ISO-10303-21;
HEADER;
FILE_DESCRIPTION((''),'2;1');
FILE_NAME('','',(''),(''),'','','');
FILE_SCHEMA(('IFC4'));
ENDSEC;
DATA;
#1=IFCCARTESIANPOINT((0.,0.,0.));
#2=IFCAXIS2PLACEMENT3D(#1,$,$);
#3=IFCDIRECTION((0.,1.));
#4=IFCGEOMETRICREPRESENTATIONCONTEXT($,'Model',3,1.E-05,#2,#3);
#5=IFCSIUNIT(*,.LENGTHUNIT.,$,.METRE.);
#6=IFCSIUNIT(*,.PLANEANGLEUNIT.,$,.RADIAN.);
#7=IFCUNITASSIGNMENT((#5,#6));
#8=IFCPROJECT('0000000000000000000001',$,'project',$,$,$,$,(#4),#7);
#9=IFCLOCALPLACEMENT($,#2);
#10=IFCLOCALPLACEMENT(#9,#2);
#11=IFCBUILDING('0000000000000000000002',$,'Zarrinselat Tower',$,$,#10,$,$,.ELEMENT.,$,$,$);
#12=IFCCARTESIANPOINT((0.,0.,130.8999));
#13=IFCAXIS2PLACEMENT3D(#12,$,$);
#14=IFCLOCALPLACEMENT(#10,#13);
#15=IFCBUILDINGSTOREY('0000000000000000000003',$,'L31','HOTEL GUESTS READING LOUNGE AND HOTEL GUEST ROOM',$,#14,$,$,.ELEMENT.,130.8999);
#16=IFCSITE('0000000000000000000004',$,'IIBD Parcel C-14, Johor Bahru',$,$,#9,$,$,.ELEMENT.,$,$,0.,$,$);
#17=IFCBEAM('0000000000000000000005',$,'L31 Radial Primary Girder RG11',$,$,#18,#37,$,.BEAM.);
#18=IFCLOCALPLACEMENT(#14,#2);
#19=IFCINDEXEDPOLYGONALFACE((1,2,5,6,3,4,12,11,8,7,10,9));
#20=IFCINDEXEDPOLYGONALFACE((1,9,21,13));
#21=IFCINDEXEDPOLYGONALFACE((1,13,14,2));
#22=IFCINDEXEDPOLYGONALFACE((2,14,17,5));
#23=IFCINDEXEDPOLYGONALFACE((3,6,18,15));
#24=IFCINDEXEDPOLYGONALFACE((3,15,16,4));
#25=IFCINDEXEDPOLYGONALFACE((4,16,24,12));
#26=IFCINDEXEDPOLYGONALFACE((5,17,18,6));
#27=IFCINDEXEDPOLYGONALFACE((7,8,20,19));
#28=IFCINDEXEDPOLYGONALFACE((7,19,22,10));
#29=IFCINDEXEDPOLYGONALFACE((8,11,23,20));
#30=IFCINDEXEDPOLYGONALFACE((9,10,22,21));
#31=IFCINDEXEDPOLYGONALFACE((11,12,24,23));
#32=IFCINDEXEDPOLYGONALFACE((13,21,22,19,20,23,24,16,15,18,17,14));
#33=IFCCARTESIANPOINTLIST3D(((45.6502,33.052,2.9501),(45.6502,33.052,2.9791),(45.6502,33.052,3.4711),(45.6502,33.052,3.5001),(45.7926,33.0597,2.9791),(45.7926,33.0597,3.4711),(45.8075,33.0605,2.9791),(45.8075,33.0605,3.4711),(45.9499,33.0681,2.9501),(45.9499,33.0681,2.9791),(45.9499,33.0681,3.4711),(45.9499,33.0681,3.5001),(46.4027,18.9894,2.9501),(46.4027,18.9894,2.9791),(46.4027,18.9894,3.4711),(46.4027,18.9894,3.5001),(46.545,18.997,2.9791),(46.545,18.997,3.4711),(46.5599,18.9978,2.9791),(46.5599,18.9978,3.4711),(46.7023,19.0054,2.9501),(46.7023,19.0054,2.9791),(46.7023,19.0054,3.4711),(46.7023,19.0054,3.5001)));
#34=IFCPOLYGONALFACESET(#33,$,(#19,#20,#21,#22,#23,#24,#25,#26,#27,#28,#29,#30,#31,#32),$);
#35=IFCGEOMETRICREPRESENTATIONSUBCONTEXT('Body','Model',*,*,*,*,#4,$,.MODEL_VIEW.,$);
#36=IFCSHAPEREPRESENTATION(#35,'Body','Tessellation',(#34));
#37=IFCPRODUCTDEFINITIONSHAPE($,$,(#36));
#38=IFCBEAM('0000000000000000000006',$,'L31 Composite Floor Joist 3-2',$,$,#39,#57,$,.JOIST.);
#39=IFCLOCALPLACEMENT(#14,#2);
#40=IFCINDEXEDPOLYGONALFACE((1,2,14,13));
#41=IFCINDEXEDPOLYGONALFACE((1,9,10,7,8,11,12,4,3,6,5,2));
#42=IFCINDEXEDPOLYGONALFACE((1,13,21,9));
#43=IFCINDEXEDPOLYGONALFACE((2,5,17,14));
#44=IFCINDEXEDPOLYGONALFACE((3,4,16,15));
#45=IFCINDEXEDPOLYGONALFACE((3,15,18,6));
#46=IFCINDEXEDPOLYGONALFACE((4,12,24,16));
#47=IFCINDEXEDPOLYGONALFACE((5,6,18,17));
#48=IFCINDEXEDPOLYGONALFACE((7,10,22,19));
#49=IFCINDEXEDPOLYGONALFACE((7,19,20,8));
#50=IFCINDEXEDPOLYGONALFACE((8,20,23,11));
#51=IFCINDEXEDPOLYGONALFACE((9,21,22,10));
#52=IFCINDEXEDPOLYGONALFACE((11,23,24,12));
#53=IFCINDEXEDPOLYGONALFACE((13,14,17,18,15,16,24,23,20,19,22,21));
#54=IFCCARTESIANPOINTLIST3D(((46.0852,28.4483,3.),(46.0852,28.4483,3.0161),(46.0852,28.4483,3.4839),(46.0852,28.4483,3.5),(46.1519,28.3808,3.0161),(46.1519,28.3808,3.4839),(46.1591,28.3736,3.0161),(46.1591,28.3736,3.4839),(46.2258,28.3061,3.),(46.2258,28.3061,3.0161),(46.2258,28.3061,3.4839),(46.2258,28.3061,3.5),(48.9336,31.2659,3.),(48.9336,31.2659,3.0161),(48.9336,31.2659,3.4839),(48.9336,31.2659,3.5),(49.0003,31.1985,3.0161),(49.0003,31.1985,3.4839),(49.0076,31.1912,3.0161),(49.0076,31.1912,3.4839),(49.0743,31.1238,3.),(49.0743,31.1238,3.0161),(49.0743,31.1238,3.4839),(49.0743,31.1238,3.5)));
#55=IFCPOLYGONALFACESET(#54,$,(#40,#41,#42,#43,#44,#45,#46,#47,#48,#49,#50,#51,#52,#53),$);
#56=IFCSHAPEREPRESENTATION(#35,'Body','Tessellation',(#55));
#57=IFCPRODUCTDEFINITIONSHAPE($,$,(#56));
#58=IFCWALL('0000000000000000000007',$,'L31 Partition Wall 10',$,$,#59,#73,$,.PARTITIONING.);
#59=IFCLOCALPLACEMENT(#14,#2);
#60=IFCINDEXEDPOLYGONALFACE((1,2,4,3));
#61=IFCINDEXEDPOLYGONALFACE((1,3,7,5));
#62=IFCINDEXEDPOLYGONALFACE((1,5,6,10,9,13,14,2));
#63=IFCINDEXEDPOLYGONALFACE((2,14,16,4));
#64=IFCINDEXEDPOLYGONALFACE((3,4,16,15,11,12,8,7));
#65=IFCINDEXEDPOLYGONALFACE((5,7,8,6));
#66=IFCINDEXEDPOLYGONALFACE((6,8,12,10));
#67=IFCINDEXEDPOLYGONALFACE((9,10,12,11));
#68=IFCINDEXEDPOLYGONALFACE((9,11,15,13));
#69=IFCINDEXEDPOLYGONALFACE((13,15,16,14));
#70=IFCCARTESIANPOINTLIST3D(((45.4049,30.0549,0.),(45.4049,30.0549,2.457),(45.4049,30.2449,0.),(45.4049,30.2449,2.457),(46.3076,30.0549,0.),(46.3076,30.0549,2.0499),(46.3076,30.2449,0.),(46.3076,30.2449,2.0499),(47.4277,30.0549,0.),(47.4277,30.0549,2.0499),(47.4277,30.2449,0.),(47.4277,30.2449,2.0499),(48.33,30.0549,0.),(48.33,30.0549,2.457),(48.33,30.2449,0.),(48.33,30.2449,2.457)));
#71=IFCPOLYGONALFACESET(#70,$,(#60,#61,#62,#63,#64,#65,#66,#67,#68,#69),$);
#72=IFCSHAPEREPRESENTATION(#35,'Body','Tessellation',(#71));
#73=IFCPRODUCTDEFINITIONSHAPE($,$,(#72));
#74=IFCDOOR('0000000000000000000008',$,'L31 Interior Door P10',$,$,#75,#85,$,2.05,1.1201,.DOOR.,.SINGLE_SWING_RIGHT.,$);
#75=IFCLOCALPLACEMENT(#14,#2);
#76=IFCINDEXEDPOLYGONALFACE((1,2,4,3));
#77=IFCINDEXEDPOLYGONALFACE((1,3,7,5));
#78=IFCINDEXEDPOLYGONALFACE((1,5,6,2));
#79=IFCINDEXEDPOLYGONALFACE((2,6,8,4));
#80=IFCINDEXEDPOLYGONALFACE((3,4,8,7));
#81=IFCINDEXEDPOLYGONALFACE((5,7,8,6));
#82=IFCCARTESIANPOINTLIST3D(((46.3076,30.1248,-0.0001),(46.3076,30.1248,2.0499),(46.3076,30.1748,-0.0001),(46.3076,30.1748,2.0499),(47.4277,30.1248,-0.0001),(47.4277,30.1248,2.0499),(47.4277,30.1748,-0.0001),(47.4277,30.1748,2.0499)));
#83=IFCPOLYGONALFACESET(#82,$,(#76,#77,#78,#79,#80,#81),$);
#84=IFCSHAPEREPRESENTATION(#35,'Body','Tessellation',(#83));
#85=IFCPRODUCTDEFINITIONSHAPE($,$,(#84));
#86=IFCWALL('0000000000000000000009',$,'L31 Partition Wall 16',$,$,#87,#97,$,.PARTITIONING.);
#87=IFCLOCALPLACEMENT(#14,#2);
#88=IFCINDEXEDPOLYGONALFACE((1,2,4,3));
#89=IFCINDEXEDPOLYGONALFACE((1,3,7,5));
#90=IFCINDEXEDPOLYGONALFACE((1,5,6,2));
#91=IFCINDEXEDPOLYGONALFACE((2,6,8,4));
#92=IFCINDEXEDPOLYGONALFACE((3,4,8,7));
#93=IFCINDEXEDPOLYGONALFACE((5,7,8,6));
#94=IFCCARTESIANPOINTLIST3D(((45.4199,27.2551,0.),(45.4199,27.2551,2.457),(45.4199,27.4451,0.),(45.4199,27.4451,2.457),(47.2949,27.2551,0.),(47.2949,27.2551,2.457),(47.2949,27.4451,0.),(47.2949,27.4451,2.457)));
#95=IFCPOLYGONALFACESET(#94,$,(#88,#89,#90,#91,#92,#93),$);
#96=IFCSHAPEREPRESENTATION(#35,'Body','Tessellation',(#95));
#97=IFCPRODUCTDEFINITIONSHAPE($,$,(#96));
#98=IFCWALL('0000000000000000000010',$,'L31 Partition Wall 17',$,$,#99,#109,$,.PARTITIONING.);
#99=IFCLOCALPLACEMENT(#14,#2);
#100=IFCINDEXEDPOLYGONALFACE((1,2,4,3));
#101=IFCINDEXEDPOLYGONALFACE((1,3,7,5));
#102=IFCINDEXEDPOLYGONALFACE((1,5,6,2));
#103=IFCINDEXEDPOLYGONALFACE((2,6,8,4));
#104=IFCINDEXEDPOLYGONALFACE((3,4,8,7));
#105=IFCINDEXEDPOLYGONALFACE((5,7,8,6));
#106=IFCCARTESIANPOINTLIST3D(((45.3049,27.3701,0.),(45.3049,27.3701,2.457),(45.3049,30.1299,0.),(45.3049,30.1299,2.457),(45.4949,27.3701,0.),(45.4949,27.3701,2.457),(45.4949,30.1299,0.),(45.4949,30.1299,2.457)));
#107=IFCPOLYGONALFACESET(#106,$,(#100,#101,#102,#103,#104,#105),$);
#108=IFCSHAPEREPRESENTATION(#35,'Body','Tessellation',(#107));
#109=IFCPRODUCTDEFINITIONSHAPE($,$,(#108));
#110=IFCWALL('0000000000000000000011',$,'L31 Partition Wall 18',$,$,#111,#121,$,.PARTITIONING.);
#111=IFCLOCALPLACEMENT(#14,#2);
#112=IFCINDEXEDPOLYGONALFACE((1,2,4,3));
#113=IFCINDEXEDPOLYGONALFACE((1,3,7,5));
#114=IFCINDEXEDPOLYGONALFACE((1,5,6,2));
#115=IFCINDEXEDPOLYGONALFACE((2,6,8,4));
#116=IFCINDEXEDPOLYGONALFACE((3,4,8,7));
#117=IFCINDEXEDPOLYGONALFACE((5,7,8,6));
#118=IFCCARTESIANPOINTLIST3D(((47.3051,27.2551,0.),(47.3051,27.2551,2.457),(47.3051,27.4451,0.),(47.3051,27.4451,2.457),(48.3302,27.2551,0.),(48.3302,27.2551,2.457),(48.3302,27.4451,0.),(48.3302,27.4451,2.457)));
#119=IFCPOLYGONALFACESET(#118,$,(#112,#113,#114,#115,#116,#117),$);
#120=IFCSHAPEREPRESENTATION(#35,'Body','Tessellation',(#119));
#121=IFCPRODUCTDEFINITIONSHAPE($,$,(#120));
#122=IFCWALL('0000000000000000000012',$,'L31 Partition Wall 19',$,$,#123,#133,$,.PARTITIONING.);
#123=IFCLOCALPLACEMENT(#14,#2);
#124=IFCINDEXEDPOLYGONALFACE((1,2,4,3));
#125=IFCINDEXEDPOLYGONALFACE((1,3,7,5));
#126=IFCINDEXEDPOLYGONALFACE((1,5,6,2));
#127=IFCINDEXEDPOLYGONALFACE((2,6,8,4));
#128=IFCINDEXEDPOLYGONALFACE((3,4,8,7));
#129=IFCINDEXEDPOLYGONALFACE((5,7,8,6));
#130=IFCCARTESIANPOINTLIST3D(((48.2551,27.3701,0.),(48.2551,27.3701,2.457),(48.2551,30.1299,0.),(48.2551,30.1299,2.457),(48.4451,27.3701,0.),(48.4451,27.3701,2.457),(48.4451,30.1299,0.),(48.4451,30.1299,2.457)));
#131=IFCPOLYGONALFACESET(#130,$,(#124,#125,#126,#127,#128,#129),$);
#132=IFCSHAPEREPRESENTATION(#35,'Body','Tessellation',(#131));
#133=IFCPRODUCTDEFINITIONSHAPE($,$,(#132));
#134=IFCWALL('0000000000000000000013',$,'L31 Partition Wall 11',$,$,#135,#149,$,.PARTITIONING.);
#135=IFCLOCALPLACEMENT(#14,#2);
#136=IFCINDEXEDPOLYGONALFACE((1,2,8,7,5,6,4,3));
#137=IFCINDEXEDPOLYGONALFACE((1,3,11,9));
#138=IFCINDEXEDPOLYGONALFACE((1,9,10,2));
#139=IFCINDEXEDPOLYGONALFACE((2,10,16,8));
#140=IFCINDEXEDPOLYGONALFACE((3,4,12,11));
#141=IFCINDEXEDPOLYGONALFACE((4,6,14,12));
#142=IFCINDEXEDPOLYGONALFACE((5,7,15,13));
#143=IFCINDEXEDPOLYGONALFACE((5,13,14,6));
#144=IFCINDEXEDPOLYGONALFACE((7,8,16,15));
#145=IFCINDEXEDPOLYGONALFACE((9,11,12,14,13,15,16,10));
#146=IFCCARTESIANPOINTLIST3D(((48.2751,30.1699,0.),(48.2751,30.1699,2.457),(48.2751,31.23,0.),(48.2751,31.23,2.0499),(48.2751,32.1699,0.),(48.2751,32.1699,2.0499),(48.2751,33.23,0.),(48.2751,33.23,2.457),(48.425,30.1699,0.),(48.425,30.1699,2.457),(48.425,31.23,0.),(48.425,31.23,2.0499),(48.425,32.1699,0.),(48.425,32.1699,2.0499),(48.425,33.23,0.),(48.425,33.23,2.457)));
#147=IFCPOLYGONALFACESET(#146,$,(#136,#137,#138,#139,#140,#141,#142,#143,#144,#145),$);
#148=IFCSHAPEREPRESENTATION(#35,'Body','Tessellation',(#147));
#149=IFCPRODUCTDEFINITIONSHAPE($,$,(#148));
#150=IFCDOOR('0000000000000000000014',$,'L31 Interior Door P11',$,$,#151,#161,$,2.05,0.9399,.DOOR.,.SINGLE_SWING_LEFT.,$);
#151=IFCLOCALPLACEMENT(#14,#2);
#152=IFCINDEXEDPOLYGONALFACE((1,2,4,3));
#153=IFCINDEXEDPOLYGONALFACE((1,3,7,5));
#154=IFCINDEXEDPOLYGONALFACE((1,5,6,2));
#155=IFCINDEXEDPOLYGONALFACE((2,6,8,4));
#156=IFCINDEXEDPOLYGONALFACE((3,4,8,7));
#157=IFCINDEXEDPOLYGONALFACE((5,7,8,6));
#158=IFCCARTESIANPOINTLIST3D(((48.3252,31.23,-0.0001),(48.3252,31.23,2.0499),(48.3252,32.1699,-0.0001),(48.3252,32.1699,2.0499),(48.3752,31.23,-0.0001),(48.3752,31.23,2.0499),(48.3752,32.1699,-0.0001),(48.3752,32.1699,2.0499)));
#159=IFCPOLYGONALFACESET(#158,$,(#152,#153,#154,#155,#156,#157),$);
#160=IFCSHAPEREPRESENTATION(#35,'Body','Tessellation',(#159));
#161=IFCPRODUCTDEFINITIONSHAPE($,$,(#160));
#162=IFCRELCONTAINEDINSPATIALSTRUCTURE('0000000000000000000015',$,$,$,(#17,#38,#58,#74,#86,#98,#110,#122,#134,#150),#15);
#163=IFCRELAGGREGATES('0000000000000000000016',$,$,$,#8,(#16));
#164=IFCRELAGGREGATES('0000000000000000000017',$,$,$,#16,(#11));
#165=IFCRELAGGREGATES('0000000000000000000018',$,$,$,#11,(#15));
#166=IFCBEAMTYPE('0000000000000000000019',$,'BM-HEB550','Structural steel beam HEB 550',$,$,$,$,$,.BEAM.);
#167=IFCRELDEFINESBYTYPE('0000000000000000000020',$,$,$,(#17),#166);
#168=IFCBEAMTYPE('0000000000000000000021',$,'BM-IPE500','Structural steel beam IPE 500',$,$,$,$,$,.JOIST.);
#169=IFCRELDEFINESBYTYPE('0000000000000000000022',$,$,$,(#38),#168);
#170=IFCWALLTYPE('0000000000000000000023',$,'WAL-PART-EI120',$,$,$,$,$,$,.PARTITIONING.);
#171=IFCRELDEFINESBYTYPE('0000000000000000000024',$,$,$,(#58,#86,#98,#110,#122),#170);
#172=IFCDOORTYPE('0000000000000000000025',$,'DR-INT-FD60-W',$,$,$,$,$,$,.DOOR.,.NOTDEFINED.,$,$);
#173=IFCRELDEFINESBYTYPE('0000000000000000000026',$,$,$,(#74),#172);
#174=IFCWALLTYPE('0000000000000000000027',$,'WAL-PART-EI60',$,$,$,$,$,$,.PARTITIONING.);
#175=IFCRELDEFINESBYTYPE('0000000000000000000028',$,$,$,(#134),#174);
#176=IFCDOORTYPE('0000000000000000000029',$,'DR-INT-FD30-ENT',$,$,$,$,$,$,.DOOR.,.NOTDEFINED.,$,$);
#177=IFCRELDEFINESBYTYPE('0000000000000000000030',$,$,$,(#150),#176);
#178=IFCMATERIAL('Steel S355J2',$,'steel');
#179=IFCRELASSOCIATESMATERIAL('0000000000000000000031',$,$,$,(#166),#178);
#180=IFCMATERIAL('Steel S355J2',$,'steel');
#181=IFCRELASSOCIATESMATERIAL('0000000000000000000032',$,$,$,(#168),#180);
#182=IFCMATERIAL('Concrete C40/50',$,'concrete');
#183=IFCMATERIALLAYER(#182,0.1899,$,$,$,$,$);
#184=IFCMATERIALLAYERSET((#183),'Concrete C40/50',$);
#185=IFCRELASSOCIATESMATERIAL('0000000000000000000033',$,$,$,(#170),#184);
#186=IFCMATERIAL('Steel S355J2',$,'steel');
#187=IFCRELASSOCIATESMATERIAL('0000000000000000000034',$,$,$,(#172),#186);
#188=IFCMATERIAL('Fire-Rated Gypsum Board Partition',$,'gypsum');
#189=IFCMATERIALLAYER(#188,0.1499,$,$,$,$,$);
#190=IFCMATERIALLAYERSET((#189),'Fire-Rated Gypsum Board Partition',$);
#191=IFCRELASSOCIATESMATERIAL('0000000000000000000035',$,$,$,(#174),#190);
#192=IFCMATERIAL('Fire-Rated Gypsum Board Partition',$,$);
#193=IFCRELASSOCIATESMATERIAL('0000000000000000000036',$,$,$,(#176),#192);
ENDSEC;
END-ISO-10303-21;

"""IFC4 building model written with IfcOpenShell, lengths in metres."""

from ifc_helpers import new_model, si_unit, direction, frame, frame_2d, origin, origin_2d, place, context, subcontext, project, spatial, rectangle, i_section, extrude, material, layer, layer_set, material_profile, profile_set, type_object, element, fill, save


model = new_model("IFC4")

# Units and contexts
model_context = context("Model", 3, precision=1e-05, world=origin(), true_north=direction((0.0, 1.0)))
body_context = subcontext(model_context, "Body", "Model", "MODEL_VIEW")
ifc_project = project(units=[si_unit("LENGTHUNIT", "METRE"), si_unit("PLANEANGLEUNIT", "RADIAN")], contexts=[model_context])

# Site, building, storey
site_placement = place(None, origin())
site = spatial("IfcSite", under=ifc_project, at=site_placement, Name="IIBD Parcel C-14, Johor Bahru", CompositionType="ELEMENT", RefElevation=0.0)
building_placement = place(site_placement, origin())
building = spatial("IfcBuilding", under=site, at=building_placement, Name="Zarrinselat Tower", CompositionType="ELEMENT")
storey_placement = place(building_placement, frame((0.0, 0.0, 130.8999)))
storey = spatial("IfcBuildingStorey", under=building, at=storey_placement, Name="L31", Description="HOTEL GUESTS READING LOUNGE AND HOTEL GUEST ROOM", CompositionType="ELEMENT", Elevation=130.8999)

# Beams
ifc_material_1 = material(Name="Steel S355J2", Category="steel")
ifc_material_profile_1 = material_profile(ifc_material_1, i_section(OverallWidth=0.3, OverallDepth=0.55, WebThickness=0.0149, FlangeThickness=0.0291, at=origin_2d()), Name="HEB 550")
ifc_profile_set_1 = profile_set([ifc_material_profile_1], Name="Steel S355J2")
beam_type_1 = type_object("IfcBeamType", Name="BM-HEB550", Description="Structural steel beam HEB 550", PredefinedType="BEAM", material=ifc_profile_set_1)
beam_1_placement = place(storey_placement, frame((45.8, 33.0601, 3.2251), z_axis=(0.05343, -0.998572, 0.0), x_axis=(0.998572, 0.05343, 0.0)))
element("IfcBeam", 1, at=beam_1_placement, inside=storey, type_object=beam_type_1, Name="L31 Radial Primary Girder RG11", PredefinedType="BEAM", context=body_context, shape_type="SweptSolid", body=[
    extrude(i_section(OverallWidth=0.3, OverallDepth=0.55, WebThickness=0.0149, FlangeThickness=0.0291, at=origin_2d()), origin(), (0.0, 0.0, 1.0), 14.0828),
])
ifc_material_2 = material(Name="Steel S355J2", Category="steel")
ifc_material_profile_2 = material_profile(ifc_material_2, i_section(OverallWidth=0.2, OverallDepth=0.5, WebThickness=0.0103, FlangeThickness=0.0161, at=origin_2d()), Name="IPE 500")
ifc_profile_set_2 = profile_set([ifc_material_profile_2], Name="Steel S355J2")
beam_type_2 = type_object("IfcBeamType", Name="BM-IPE500", Description="Structural steel beam IPE 500", PredefinedType="JOIST", material=ifc_profile_set_2)
beam_2_placement = place(storey_placement, frame((46.1555, 28.3772, 3.25), z_axis=(0.710935, 0.703257, 0.0), x_axis=(-0.703257, 0.710935, 0.0)))
element("IfcBeam", 2, at=beam_2_placement, inside=storey, type_object=beam_type_2, Name="L31 Composite Floor Joist 3-2", PredefinedType="JOIST", context=body_context, shape_type="SweptSolid", body=[
    extrude(i_section(OverallWidth=0.2, OverallDepth=0.5, WebThickness=0.0103, FlangeThickness=0.0161, at=origin_2d()), origin(), (0.0, 0.0, 1.0), 4.0066),
])

# Wall, opening, door
ifc_material_3 = material(Name="Concrete C40/50", Category="concrete")
ifc_layer_1 = layer(ifc_material_3, 0.1899)
ifc_layer_set_1 = layer_set([ifc_layer_1], Name="Concrete C40/50")
wall_type_1 = type_object("IfcWallType", Name="WAL-PART-EI120", PredefinedType="PARTITIONING", material=ifc_layer_set_1)
wall_1_placement = place(storey_placement, frame((45.405, 30.1499, 0.0), z_axis=(0.0, 0.0, 1.0), x_axis=(1.0, 0.0, 0.0)))
wall_1 = element("IfcWall", 3, at=wall_1_placement, inside=storey, type_object=wall_type_1, Name="L31 Partition Wall 10", PredefinedType="PARTITIONING", context=body_context, shape_type="SweptSolid", body=[
    extrude(rectangle(XDim=2.925, YDim=0.1899, at=frame_2d((1.4624, 0.0))), origin(), (0.0, 0.0, 1.0), 2.457),
])
opening_1_placement = place(wall_1_placement, frame((0.9026, 0.0, 0.0)))
opening_1 = element("IfcOpeningElement", 4, at=opening_1_placement, cuts=wall_1, PredefinedType="OPENING", context=body_context, shape_type="SweptSolid", body=[
    extrude(rectangle(XDim=1.1201, YDim=2.05, at=frame_2d((0.5601, 1.0249))), frame((0.0, 0.105, 0.0), z_axis=(0.0, -1.0, 0.0), x_axis=(1.0, 0.0, 0.0)), (0.0, 0.0, 1.0), 0.21),
])
ifc_material_4 = material(Name="Steel S355J2", Category="steel")
door_type_1 = type_object("IfcDoorType", Name="DR-INT-FD60-W", OperationType="NOTDEFINED", PredefinedType="DOOR", material=ifc_material_4)
door_1_placement = place(opening_1_placement, origin())
door_1 = element("IfcDoor", 5, at=door_1_placement, inside=storey, type_object=door_type_1, Name="L31 Interior Door P10", OperationType="SINGLE_SWING_RIGHT", OverallHeight=2.05, OverallWidth=1.1201, PredefinedType="DOOR", context=body_context, shape_type="SweptSolid", body=[
    extrude(rectangle(XDim=1.1201, YDim=2.05, at=frame_2d((0.5601, 1.0249))), frame((0.0, 0.0249, 0.0), z_axis=(0.0, -1.0, 0.0), x_axis=(1.0, 0.0, 0.0)), (0.0, 0.0, 1.0), 0.05),
])
fill(opening_1, door_1)

# Walls
wall_2_placement = place(storey_placement, frame((45.4199, 27.3501, 0.0), z_axis=(0.0, 0.0, 1.0), x_axis=(1.0, 0.0, 0.0)))
element("IfcWall", 6, at=wall_2_placement, inside=storey, type_object=wall_type_1, Name="L31 Partition Wall 16", PredefinedType="PARTITIONING", context=body_context, shape_type="SweptSolid", body=[
    extrude(rectangle(XDim=1.875, YDim=0.1899, at=frame_2d((0.9375, 0.0))), origin(), (0.0, 0.0, 1.0), 2.457),
])
wall_3_placement = place(storey_placement, frame((45.3999, 27.3701, 0.0), z_axis=(0.0, 0.0, 1.0), x_axis=(0.0, 1.0, 0.0)))
element("IfcWall", 7, at=wall_3_placement, inside=storey, type_object=wall_type_1, Name="L31 Partition Wall 17", PredefinedType="PARTITIONING", context=body_context, shape_type="SweptSolid", body=[
    extrude(rectangle(XDim=2.7598, YDim=0.1899, at=frame_2d((1.3799, 0.0))), origin(), (0.0, 0.0, 1.0), 2.457),
])
wall_4_placement = place(storey_placement, frame((47.3049, 27.3501, 0.0), z_axis=(0.0, 0.0, 1.0), x_axis=(1.0, 0.0, 0.0)))
element("IfcWall", 8, at=wall_4_placement, inside=storey, type_object=wall_type_1, Name="L31 Partition Wall 18", PredefinedType="PARTITIONING", context=body_context, shape_type="SweptSolid", body=[
    extrude(rectangle(XDim=1.0251, YDim=0.1899, at=frame_2d((0.5127, 0.0))), origin(), (0.0, 0.0, 1.0), 2.457),
])
wall_5_placement = place(storey_placement, frame((48.3501, 27.3701, 0.0), z_axis=(0.0, 0.0, 1.0), x_axis=(0.0, 1.0, 0.0)))
element("IfcWall", 9, at=wall_5_placement, inside=storey, type_object=wall_type_1, Name="L31 Partition Wall 19", PredefinedType="PARTITIONING", context=body_context, shape_type="SweptSolid", body=[
    extrude(rectangle(XDim=2.7598, YDim=0.1899, at=frame_2d((1.3799, 0.0))), origin(), (0.0, 0.0, 1.0), 2.457),
])

# Wall, opening, door
ifc_material_5 = material(Name="Fire-Rated Gypsum Board Partition", Category="gypsum")
ifc_layer_2 = layer(ifc_material_5, 0.1499)
ifc_layer_set_2 = layer_set([ifc_layer_2], Name="Fire-Rated Gypsum Board Partition")
wall_type_2 = type_object("IfcWallType", Name="WAL-PART-EI60", PredefinedType="PARTITIONING", material=ifc_layer_set_2)
wall_6_placement = place(storey_placement, frame((48.3501, 30.1699, 0.0), z_axis=(0.0, 0.0, 1.0), x_axis=(0.0, 1.0, 0.0)))
wall_6 = element("IfcWall", 10, at=wall_6_placement, inside=storey, type_object=wall_type_2, Name="L31 Partition Wall 11", PredefinedType="PARTITIONING", context=body_context, shape_type="SweptSolid", body=[
    extrude(rectangle(XDim=3.0601, YDim=0.1499, at=frame_2d((1.53, 0.0))), origin(), (0.0, 0.0, 1.0), 2.457),
])
opening_2_placement = place(wall_6_placement, frame((1.0601, 0.0, 0.0)))
opening_2 = element("IfcOpeningElement", 11, at=opening_2_placement, cuts=wall_6, PredefinedType="OPENING", context=body_context, shape_type="SweptSolid", body=[
    extrude(rectangle(XDim=0.9399, YDim=2.05, at=frame_2d((0.47, 1.0249))), frame((0.0, 0.085, 0.0), z_axis=(0.0, -1.0, 0.0), x_axis=(1.0, 0.0, 0.0)), (0.0, 0.0, 1.0), 0.1699),
])
ifc_material_6 = material(Name="Fire-Rated Gypsum Board Partition")
door_type_2 = type_object("IfcDoorType", Name="DR-INT-FD30-ENT", OperationType="NOTDEFINED", PredefinedType="DOOR", material=ifc_material_6)
door_2_placement = place(opening_2_placement, origin())
door_2 = element("IfcDoor", 12, at=door_2_placement, inside=storey, type_object=door_type_2, Name="L31 Interior Door P11", OperationType="SINGLE_SWING_LEFT", OverallHeight=2.05, OverallWidth=0.9399, PredefinedType="DOOR", context=body_context, shape_type="SweptSolid", body=[
    extrude(rectangle(XDim=0.9399, YDim=2.05, at=frame_2d((0.47, 1.0249))), frame((0.0, 0.0249, 0.0), z_axis=(0.0, -1.0, 0.0), x_axis=(1.0, 0.0, 0.0)), (0.0, 0.0, 1.0), 0.05),
])
fill(opening_2, door_2)

save(model, "model.ifc")
